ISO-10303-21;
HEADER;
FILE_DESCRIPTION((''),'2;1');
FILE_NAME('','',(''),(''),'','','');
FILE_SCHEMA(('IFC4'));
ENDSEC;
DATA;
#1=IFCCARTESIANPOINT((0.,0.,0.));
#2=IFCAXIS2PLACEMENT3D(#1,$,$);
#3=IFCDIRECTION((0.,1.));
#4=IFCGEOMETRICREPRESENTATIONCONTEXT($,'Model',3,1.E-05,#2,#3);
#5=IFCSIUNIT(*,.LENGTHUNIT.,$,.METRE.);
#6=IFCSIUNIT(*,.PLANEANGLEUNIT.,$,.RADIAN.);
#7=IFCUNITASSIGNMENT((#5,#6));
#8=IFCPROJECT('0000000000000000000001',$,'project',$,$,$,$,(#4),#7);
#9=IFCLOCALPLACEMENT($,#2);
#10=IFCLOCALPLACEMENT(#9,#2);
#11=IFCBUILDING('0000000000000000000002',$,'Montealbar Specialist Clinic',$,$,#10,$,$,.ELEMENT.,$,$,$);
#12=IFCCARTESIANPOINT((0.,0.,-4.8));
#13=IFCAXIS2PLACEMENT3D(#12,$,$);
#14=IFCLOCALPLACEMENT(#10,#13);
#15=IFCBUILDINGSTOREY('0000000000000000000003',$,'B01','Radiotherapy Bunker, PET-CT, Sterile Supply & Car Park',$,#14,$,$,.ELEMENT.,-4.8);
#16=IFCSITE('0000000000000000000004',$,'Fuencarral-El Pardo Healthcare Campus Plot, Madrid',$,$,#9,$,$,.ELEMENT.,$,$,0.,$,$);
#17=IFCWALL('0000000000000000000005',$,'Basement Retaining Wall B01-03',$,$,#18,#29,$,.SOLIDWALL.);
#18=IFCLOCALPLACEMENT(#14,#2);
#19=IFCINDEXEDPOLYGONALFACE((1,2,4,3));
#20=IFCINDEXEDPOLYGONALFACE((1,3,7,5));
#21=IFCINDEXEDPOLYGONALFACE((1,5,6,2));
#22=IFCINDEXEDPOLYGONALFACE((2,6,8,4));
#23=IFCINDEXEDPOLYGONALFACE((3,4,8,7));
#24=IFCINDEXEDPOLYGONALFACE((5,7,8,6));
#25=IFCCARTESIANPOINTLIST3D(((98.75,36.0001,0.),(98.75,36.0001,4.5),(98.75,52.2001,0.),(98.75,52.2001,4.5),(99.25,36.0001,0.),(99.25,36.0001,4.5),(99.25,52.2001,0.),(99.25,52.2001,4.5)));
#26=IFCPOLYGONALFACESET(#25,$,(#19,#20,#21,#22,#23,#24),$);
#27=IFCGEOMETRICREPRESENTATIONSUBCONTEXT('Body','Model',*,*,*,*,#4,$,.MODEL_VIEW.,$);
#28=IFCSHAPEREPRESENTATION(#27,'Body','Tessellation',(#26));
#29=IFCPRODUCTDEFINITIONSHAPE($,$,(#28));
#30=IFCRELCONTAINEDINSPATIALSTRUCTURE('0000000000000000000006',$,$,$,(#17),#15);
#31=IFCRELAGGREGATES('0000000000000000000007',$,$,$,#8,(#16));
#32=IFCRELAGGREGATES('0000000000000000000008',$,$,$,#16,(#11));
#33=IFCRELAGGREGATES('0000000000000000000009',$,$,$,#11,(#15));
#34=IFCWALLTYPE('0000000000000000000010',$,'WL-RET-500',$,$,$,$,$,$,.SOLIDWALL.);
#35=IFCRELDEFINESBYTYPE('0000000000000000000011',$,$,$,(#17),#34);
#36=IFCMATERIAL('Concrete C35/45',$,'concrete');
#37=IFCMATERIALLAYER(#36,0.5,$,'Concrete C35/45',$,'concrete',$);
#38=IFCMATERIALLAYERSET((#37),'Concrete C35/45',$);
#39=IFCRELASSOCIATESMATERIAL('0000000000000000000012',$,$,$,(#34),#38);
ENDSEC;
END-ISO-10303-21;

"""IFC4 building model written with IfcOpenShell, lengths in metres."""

from ifc_helpers import new_model, si_unit, direction, frame, frame_2d, origin, place, context, subcontext, project, spatial, rectangle, extrude, material, layer, layer_set, type_object, element, save


model = new_model("IFC4")

# Units and contexts
model_context = context("Model", 3, precision=1e-05, world=origin(), true_north=direction((0.0, 1.0)))
body_context = subcontext(model_context, "Body", "Model", "MODEL_VIEW")
ifc_project = project(units=[si_unit("LENGTHUNIT", "METRE"), si_unit("PLANEANGLEUNIT", "RADIAN")], contexts=[model_context])

# Site, building, storey
site_placement = place(None, origin())
site = spatial("IfcSite", under=ifc_project, at=site_placement, Name="Fuencarral-El Pardo Healthcare Campus Plot, Madrid", CompositionType="ELEMENT", RefElevation=0.0)
building_placement = place(site_placement, origin())
building = spatial("IfcBuilding", under=site, at=building_placement, Name="Montealbar Specialist Clinic", CompositionType="ELEMENT")
storey_placement = place(building_placement, frame((0.0, 0.0, -4.8)))
storey = spatial("IfcBuildingStorey", under=building, at=storey_placement, Name="B01", Description="Radiotherapy Bunker, PET-CT, Sterile Supply & Car Park", CompositionType="ELEMENT", Elevation=-4.8)

# Shared definitions
ifc_material_1 = material(Name="Concrete C35/45", Category="concrete")

# Wall
ifc_layer = layer(ifc_material_1, 0.5, Name="Concrete C35/45", Category="concrete")
ifc_layer_set = layer_set([ifc_layer], Name="Concrete C35/45")
wall_type = type_object("IfcWallType", Name="WL-RET-500", PredefinedType="SOLIDWALL", material=ifc_layer_set)
wall_placement = place(storey_placement, frame((99.0, 36.0, 0.0), z_axis=(0.0, 0.0, 1.0), x_axis=(0.0, 1.0, 0.0)))
element("IfcWall", 1, at=wall_placement, inside=storey, type_object=wall_type, Name="Basement Retaining Wall B01-03", PredefinedType="SOLIDWALL", context=body_context, shape_type="SweptSolid", body=[
    extrude(rectangle(XDim=16.2, YDim=0.5, at=frame_2d((8.1001, 0.0))), origin(), (0.0, 0.0, 1.0), 4.5),
])

save(model, "model.ifc")
